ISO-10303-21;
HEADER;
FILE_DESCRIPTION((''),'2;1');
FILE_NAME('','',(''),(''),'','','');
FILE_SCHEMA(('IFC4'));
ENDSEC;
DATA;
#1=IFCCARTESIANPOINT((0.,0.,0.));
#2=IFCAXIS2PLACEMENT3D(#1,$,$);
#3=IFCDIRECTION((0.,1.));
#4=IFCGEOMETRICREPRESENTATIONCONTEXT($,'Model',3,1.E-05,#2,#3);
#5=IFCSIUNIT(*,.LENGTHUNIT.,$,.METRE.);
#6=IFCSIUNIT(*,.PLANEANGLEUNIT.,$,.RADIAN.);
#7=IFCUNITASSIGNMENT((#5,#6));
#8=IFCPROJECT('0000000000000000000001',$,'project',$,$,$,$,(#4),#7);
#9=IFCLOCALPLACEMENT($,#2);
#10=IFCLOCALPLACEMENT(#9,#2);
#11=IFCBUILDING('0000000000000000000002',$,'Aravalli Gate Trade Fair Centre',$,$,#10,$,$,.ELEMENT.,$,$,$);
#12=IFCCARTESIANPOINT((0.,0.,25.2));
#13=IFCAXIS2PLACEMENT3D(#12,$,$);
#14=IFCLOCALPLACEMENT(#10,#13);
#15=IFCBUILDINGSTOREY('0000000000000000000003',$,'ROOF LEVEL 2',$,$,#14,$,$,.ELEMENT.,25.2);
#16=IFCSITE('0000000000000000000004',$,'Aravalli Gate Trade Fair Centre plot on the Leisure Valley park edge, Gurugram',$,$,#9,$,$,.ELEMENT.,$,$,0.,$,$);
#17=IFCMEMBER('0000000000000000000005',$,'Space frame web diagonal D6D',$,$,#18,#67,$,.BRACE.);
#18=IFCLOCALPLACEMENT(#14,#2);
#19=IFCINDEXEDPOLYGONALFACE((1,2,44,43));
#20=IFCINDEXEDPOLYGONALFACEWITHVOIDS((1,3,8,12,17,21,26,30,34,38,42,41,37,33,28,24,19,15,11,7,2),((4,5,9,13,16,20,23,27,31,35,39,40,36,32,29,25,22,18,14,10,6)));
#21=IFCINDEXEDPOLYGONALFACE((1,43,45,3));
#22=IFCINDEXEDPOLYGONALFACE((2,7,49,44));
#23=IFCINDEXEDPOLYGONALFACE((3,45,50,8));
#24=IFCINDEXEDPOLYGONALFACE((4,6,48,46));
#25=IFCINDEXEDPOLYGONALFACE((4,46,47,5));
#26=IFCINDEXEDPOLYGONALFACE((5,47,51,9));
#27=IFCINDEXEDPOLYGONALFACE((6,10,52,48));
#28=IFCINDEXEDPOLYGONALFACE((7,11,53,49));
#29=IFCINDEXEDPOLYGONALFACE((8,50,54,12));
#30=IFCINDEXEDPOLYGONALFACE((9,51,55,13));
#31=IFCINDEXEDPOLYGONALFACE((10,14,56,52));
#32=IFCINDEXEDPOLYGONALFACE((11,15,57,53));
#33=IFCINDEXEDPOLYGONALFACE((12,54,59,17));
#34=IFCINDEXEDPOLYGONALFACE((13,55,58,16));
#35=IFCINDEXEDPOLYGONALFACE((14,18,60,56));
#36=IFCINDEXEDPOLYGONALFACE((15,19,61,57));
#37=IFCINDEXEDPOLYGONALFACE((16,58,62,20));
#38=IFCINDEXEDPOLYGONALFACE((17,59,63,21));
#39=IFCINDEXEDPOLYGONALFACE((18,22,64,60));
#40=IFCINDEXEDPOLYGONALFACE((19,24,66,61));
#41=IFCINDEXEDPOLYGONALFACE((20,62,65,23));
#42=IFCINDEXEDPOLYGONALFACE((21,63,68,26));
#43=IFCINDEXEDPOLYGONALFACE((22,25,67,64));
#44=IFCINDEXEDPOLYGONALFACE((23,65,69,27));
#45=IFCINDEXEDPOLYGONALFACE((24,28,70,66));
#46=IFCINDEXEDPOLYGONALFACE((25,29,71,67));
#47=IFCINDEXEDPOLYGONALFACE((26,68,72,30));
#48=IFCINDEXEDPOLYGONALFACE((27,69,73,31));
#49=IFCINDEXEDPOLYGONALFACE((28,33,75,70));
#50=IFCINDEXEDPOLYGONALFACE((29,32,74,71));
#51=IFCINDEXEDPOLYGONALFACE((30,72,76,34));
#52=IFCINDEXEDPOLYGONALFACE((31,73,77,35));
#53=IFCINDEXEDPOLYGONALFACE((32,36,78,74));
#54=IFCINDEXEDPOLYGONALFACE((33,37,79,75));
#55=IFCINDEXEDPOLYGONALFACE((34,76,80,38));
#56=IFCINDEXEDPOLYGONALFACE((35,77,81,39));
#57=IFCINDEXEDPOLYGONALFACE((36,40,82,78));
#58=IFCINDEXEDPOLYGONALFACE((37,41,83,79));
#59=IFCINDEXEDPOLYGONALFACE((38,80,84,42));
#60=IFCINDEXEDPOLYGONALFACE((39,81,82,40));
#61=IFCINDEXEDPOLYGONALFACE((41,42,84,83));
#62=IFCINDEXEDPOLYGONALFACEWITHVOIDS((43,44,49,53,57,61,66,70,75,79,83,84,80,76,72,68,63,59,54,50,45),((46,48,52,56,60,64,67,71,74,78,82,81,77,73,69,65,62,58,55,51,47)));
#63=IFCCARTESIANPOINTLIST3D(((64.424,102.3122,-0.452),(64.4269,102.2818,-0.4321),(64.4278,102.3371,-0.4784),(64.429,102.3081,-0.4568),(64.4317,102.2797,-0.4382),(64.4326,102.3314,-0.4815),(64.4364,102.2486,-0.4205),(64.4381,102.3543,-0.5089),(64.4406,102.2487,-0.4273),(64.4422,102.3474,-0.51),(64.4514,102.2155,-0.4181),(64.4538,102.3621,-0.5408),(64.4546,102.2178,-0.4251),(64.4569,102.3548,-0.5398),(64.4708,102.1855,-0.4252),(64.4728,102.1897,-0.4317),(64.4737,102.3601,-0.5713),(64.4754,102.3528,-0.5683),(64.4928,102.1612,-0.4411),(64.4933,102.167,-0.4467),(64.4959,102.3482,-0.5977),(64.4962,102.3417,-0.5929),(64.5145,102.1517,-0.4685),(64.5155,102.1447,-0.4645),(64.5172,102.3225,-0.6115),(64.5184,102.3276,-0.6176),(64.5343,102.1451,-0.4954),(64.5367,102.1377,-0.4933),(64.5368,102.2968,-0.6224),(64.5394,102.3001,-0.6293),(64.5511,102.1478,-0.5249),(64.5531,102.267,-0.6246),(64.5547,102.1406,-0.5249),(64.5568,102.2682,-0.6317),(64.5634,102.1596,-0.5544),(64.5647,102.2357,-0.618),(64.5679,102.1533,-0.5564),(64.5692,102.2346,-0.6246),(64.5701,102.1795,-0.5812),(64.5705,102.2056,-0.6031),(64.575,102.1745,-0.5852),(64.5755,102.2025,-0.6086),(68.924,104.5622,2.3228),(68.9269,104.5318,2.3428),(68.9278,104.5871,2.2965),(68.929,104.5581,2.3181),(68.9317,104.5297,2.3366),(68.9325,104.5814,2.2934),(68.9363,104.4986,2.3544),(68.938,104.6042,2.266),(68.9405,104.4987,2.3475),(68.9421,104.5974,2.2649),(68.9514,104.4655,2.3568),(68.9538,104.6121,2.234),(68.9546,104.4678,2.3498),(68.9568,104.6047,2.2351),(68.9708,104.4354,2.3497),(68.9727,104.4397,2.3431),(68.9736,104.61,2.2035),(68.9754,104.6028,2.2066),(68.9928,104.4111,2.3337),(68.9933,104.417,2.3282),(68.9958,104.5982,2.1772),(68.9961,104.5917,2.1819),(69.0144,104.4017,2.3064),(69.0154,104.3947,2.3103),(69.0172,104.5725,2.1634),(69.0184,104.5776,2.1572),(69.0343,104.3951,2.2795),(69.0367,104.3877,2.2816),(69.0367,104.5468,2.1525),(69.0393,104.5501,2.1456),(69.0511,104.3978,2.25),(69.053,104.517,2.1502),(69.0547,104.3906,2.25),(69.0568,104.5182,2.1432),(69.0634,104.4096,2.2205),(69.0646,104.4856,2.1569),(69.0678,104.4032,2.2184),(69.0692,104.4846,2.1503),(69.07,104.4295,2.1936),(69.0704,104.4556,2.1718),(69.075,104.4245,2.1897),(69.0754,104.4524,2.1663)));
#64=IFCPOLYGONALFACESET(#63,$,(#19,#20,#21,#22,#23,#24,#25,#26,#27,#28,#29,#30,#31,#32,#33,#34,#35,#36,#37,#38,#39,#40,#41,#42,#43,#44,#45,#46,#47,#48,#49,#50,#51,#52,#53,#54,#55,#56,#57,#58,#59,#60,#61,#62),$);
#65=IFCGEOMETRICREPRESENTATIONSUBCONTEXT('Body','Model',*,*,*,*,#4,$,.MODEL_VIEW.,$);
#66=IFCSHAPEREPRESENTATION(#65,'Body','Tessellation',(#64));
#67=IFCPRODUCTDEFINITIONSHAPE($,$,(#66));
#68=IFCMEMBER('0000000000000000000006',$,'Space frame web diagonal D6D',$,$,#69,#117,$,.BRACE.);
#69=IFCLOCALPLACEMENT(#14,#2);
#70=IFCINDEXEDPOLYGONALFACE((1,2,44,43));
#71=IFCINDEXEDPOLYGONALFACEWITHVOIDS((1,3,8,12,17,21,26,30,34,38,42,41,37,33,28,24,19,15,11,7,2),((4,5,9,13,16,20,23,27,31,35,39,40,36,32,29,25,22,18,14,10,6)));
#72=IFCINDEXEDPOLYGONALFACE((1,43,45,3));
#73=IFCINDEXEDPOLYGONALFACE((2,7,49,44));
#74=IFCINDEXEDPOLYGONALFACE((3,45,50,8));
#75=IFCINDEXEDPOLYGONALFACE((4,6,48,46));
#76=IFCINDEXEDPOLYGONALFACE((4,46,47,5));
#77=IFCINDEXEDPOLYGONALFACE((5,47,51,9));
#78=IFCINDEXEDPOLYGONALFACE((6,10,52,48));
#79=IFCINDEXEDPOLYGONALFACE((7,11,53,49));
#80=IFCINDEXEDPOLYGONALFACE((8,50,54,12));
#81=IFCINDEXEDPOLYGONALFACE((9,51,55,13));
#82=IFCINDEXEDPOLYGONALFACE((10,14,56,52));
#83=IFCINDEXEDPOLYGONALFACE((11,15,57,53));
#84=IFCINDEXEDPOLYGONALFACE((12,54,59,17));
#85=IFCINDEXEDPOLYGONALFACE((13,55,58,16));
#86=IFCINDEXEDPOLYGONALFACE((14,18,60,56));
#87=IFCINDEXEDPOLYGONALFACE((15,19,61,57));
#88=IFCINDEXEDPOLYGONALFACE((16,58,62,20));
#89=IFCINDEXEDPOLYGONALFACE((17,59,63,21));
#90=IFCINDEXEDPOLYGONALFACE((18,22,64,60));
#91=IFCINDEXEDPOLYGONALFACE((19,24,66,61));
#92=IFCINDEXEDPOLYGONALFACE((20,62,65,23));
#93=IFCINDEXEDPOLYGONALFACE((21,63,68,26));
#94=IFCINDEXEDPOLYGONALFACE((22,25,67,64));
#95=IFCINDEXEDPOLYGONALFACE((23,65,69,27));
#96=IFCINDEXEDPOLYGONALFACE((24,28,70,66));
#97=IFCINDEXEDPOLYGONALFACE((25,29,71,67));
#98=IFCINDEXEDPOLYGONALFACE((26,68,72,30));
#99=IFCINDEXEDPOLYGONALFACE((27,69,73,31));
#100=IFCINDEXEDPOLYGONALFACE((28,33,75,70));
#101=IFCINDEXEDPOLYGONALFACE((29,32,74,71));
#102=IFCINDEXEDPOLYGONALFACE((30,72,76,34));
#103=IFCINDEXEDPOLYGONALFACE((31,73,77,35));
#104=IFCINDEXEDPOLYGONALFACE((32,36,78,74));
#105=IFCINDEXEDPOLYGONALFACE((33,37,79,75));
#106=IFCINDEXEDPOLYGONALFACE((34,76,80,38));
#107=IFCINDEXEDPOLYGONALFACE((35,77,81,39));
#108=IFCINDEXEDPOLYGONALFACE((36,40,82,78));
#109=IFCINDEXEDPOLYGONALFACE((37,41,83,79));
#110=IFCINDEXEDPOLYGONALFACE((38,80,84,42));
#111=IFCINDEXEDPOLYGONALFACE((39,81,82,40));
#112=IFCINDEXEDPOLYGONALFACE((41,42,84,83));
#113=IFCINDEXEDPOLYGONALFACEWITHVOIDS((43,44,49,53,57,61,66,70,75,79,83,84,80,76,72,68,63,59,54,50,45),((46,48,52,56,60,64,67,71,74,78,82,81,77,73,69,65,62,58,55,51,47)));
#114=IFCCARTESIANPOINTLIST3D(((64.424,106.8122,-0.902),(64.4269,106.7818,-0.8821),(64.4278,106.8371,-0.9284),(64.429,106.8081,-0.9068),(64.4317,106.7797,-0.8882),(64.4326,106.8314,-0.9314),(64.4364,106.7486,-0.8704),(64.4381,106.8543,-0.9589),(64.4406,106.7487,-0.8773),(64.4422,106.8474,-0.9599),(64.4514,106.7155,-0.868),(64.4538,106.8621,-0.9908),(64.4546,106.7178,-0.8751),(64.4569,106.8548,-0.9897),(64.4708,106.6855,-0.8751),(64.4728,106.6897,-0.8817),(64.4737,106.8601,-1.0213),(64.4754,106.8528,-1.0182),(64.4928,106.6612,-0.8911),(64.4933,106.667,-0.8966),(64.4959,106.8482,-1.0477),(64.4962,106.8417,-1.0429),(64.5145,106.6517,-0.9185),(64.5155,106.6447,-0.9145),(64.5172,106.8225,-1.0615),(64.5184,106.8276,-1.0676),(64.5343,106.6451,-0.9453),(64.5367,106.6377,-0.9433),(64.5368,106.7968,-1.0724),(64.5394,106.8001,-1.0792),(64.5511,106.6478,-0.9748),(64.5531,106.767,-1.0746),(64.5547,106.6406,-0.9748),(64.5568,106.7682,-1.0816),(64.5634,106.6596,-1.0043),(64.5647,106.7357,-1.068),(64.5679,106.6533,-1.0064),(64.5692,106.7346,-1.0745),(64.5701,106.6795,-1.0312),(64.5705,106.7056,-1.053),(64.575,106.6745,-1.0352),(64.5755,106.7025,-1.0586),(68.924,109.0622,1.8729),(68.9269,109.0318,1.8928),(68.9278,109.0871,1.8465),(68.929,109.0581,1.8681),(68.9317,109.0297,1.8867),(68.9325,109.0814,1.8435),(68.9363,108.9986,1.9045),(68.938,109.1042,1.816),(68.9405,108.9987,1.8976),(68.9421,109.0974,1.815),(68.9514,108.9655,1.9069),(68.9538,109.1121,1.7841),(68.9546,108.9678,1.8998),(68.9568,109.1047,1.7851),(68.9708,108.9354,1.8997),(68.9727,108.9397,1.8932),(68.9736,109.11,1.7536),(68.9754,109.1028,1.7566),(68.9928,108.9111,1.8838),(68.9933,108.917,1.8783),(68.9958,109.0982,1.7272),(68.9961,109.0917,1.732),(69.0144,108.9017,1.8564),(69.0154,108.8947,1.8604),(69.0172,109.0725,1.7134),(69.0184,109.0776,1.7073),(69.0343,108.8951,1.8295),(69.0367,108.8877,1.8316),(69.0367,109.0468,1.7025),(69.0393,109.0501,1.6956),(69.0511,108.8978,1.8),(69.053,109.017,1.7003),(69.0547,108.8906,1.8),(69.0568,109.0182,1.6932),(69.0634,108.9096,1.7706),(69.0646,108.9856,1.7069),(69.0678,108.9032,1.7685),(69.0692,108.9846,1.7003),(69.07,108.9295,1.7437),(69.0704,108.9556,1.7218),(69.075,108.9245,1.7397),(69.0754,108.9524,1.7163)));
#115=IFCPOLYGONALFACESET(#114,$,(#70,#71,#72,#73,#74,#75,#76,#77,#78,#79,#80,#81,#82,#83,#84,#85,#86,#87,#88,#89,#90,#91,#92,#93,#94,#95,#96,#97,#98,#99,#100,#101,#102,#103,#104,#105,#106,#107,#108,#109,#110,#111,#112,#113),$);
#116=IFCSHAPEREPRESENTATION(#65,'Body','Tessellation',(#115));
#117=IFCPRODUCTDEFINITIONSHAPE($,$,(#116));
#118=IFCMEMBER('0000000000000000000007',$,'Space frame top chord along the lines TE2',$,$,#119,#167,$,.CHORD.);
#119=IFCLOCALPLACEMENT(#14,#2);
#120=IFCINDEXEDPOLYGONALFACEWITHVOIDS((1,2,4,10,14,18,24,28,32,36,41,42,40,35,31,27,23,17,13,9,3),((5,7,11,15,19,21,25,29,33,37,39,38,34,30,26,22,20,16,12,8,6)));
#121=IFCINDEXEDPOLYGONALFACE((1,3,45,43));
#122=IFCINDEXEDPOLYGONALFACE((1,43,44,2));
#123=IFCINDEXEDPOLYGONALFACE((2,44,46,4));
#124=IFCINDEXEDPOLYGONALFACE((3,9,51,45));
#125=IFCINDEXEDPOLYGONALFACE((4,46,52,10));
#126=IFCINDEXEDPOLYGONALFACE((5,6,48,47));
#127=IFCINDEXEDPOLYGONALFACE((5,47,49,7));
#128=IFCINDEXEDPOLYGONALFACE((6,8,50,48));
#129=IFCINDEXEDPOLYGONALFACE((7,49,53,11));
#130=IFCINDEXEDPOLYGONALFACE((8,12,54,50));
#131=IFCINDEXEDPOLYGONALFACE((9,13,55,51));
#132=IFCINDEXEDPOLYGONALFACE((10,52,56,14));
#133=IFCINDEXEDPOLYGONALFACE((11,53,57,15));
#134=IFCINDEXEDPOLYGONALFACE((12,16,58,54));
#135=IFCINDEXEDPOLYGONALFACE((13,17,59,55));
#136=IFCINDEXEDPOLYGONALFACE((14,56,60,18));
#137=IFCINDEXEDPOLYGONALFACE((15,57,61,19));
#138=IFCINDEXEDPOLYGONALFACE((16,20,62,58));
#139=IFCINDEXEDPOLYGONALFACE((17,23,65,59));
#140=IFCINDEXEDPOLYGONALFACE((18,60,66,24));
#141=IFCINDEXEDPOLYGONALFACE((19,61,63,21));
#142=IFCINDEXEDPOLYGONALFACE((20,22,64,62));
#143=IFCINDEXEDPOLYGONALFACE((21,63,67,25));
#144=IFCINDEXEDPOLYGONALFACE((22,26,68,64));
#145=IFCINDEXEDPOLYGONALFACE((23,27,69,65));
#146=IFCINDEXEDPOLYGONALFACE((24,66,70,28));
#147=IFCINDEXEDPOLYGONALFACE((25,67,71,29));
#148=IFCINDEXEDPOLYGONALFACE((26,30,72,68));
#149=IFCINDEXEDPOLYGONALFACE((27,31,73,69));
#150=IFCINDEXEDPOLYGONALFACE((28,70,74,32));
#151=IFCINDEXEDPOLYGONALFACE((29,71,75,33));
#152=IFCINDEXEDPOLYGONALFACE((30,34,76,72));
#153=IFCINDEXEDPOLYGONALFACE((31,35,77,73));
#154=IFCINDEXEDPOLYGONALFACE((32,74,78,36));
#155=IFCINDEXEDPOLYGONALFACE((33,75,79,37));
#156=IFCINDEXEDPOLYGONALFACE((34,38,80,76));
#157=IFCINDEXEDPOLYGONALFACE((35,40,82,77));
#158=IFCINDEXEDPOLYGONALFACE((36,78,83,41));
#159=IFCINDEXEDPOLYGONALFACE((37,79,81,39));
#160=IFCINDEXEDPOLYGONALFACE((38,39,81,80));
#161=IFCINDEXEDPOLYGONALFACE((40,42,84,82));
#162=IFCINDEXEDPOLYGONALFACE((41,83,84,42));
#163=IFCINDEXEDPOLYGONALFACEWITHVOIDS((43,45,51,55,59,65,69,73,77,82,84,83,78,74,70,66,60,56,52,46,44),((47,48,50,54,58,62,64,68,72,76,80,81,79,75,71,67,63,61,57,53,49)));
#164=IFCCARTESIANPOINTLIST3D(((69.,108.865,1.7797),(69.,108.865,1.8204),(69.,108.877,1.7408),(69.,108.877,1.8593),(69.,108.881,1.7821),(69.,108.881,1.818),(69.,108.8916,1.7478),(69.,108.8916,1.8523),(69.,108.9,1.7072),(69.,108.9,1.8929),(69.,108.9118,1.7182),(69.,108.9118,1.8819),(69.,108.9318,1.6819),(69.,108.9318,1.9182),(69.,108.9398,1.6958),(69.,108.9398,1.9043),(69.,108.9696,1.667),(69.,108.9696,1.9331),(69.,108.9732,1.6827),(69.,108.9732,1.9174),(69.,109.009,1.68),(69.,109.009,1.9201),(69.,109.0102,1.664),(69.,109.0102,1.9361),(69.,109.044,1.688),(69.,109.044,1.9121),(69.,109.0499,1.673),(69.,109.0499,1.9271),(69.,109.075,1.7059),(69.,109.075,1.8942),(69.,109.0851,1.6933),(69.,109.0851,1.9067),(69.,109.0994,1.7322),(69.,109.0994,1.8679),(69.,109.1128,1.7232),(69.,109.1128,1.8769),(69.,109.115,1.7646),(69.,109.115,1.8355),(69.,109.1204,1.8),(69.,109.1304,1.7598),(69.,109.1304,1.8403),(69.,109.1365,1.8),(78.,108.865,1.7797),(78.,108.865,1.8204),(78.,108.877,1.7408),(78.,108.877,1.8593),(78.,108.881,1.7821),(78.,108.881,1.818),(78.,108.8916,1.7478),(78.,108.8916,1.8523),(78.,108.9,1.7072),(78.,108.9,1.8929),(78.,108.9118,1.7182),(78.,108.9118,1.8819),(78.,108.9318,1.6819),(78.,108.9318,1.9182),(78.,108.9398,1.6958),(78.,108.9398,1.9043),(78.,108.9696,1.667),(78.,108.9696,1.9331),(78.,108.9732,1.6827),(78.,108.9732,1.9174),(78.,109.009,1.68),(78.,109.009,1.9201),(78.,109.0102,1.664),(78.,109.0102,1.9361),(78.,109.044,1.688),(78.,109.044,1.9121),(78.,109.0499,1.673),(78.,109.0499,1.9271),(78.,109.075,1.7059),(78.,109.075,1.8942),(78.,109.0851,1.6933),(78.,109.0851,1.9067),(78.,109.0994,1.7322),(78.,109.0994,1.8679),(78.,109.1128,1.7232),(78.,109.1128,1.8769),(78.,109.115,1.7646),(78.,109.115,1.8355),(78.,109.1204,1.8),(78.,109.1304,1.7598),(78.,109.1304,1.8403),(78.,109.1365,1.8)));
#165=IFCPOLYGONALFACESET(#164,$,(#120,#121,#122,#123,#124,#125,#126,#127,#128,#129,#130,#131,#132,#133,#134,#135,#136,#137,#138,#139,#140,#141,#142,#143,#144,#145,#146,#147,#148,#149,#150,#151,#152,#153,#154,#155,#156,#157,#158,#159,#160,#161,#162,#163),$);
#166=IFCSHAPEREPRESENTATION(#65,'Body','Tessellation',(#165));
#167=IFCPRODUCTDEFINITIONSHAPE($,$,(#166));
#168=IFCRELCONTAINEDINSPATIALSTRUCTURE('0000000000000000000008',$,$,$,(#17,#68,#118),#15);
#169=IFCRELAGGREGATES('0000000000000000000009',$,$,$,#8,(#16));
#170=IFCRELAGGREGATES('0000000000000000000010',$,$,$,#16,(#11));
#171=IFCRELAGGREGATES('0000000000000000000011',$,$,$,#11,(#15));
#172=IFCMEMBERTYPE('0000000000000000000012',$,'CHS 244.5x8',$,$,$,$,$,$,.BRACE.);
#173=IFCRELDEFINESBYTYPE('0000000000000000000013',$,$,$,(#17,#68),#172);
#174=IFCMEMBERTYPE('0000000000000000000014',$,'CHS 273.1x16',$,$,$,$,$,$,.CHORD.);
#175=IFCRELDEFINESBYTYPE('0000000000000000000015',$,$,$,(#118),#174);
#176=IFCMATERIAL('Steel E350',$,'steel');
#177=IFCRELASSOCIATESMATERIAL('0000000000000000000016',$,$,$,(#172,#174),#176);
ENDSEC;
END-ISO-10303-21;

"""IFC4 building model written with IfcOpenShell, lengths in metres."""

from ifc_helpers import new_model, si_unit, direction, frame, origin, origin_2d, place, context, subcontext, project, spatial, hollow_circle, extrude, material, material_profile, profile_set, type_object, element, save


model = new_model("IFC4")

# Units and contexts
model_context = context("Model", 3, precision=1e-05, world=origin(), true_north=direction((0.0, 1.0)))
body_context = subcontext(model_context, "Body", "Model", "MODEL_VIEW")
ifc_project = project(units=[si_unit("LENGTHUNIT", "METRE"), si_unit("PLANEANGLEUNIT", "RADIAN")], contexts=[model_context])

# Site, building, storey
site_placement = place(None, origin())
site = spatial("IfcSite", under=ifc_project, at=site_placement, Name="Aravalli Gate Trade Fair Centre plot on the Leisure Valley park edge, Gurugram", CompositionType="ELEMENT", RefElevation=0.0)
building_placement = place(site_placement, origin())
building = spatial("IfcBuilding", under=site, at=building_placement, Name="Aravalli Gate Trade Fair Centre", CompositionType="ELEMENT")
storey_placement = place(building_placement, frame((0.0, 0.0, 25.2)))
storey = spatial("IfcBuildingStorey", under=building, at=storey_placement, Name="ROOF LEVEL 2", CompositionType="ELEMENT", Elevation=25.2)

# Members
ifc_material_1 = material(Name="Steel E350", Category="steel")
ifc_material_profile_1 = material_profile(ifc_material_1, hollow_circle(Radius=0.1223, WallThickness=0.0081, at=origin_2d()), Name="CHS 244.5x8")
ifc_profile_set_1 = profile_set([ifc_material_profile_1], Name="Steel E350")
member_type_1 = type_object("IfcMemberType", Name="CHS 244.5x8", PredefinedType="BRACE", material=ifc_profile_set_1)
for number, where, z_axis, x_axis, name in (
    (1, (69.0, 104.5, 2.25), (-0.7832, -0.3916, -0.482956), (0.447214, -0.894427, 0.0), "Space frame web diagonal D6D"),
    (2, (69.0, 109.0, 1.8), (-0.7832, -0.3916, -0.482956), (0.447214, -0.894427, 0.0), "Space frame web diagonal D6D"),
):
    element("IfcMember", number, at=place(storey_placement, frame(where, z_axis=z_axis, x_axis=x_axis)), inside=storey, type_object=member_type_1, Name=name, PredefinedType="BRACE", context=body_context, shape_type="SweptSolid", body=[
        extrude(hollow_circle(Radius=0.1223, WallThickness=0.0081, at=origin_2d()), origin(), (0.0, 0.0, 1.0), 5.7456),
    ])
ifc_material_profile_2 = material_profile(ifc_material_1, hollow_circle(Radius=0.1365, WallThickness=0.0161, at=origin_2d()), Name="CHS 273.1x16")
ifc_profile_set_2 = profile_set([ifc_material_profile_2], Name="Steel E350")
member_type_2 = type_object("IfcMemberType", Name="CHS 273.1x16", PredefinedType="CHORD", material=ifc_profile_set_2)
member_1_placement = place(storey_placement, frame((69.0, 109.0, 1.8), z_axis=(1.0, 0.0, 0.0), x_axis=(0.0, 1.0, 0.0)))
element("IfcMember", 3, at=member_1_placement, inside=storey, type_object=member_type_2, Name="Space frame top chord along the lines TE2", PredefinedType="CHORD", context=body_context, shape_type="SweptSolid", body=[
    extrude(hollow_circle(Radius=0.1365, WallThickness=0.0161, at=origin_2d()), origin(), (0.0, 0.0, 1.0), 9.0),
])

save(model, "model.ifc")
